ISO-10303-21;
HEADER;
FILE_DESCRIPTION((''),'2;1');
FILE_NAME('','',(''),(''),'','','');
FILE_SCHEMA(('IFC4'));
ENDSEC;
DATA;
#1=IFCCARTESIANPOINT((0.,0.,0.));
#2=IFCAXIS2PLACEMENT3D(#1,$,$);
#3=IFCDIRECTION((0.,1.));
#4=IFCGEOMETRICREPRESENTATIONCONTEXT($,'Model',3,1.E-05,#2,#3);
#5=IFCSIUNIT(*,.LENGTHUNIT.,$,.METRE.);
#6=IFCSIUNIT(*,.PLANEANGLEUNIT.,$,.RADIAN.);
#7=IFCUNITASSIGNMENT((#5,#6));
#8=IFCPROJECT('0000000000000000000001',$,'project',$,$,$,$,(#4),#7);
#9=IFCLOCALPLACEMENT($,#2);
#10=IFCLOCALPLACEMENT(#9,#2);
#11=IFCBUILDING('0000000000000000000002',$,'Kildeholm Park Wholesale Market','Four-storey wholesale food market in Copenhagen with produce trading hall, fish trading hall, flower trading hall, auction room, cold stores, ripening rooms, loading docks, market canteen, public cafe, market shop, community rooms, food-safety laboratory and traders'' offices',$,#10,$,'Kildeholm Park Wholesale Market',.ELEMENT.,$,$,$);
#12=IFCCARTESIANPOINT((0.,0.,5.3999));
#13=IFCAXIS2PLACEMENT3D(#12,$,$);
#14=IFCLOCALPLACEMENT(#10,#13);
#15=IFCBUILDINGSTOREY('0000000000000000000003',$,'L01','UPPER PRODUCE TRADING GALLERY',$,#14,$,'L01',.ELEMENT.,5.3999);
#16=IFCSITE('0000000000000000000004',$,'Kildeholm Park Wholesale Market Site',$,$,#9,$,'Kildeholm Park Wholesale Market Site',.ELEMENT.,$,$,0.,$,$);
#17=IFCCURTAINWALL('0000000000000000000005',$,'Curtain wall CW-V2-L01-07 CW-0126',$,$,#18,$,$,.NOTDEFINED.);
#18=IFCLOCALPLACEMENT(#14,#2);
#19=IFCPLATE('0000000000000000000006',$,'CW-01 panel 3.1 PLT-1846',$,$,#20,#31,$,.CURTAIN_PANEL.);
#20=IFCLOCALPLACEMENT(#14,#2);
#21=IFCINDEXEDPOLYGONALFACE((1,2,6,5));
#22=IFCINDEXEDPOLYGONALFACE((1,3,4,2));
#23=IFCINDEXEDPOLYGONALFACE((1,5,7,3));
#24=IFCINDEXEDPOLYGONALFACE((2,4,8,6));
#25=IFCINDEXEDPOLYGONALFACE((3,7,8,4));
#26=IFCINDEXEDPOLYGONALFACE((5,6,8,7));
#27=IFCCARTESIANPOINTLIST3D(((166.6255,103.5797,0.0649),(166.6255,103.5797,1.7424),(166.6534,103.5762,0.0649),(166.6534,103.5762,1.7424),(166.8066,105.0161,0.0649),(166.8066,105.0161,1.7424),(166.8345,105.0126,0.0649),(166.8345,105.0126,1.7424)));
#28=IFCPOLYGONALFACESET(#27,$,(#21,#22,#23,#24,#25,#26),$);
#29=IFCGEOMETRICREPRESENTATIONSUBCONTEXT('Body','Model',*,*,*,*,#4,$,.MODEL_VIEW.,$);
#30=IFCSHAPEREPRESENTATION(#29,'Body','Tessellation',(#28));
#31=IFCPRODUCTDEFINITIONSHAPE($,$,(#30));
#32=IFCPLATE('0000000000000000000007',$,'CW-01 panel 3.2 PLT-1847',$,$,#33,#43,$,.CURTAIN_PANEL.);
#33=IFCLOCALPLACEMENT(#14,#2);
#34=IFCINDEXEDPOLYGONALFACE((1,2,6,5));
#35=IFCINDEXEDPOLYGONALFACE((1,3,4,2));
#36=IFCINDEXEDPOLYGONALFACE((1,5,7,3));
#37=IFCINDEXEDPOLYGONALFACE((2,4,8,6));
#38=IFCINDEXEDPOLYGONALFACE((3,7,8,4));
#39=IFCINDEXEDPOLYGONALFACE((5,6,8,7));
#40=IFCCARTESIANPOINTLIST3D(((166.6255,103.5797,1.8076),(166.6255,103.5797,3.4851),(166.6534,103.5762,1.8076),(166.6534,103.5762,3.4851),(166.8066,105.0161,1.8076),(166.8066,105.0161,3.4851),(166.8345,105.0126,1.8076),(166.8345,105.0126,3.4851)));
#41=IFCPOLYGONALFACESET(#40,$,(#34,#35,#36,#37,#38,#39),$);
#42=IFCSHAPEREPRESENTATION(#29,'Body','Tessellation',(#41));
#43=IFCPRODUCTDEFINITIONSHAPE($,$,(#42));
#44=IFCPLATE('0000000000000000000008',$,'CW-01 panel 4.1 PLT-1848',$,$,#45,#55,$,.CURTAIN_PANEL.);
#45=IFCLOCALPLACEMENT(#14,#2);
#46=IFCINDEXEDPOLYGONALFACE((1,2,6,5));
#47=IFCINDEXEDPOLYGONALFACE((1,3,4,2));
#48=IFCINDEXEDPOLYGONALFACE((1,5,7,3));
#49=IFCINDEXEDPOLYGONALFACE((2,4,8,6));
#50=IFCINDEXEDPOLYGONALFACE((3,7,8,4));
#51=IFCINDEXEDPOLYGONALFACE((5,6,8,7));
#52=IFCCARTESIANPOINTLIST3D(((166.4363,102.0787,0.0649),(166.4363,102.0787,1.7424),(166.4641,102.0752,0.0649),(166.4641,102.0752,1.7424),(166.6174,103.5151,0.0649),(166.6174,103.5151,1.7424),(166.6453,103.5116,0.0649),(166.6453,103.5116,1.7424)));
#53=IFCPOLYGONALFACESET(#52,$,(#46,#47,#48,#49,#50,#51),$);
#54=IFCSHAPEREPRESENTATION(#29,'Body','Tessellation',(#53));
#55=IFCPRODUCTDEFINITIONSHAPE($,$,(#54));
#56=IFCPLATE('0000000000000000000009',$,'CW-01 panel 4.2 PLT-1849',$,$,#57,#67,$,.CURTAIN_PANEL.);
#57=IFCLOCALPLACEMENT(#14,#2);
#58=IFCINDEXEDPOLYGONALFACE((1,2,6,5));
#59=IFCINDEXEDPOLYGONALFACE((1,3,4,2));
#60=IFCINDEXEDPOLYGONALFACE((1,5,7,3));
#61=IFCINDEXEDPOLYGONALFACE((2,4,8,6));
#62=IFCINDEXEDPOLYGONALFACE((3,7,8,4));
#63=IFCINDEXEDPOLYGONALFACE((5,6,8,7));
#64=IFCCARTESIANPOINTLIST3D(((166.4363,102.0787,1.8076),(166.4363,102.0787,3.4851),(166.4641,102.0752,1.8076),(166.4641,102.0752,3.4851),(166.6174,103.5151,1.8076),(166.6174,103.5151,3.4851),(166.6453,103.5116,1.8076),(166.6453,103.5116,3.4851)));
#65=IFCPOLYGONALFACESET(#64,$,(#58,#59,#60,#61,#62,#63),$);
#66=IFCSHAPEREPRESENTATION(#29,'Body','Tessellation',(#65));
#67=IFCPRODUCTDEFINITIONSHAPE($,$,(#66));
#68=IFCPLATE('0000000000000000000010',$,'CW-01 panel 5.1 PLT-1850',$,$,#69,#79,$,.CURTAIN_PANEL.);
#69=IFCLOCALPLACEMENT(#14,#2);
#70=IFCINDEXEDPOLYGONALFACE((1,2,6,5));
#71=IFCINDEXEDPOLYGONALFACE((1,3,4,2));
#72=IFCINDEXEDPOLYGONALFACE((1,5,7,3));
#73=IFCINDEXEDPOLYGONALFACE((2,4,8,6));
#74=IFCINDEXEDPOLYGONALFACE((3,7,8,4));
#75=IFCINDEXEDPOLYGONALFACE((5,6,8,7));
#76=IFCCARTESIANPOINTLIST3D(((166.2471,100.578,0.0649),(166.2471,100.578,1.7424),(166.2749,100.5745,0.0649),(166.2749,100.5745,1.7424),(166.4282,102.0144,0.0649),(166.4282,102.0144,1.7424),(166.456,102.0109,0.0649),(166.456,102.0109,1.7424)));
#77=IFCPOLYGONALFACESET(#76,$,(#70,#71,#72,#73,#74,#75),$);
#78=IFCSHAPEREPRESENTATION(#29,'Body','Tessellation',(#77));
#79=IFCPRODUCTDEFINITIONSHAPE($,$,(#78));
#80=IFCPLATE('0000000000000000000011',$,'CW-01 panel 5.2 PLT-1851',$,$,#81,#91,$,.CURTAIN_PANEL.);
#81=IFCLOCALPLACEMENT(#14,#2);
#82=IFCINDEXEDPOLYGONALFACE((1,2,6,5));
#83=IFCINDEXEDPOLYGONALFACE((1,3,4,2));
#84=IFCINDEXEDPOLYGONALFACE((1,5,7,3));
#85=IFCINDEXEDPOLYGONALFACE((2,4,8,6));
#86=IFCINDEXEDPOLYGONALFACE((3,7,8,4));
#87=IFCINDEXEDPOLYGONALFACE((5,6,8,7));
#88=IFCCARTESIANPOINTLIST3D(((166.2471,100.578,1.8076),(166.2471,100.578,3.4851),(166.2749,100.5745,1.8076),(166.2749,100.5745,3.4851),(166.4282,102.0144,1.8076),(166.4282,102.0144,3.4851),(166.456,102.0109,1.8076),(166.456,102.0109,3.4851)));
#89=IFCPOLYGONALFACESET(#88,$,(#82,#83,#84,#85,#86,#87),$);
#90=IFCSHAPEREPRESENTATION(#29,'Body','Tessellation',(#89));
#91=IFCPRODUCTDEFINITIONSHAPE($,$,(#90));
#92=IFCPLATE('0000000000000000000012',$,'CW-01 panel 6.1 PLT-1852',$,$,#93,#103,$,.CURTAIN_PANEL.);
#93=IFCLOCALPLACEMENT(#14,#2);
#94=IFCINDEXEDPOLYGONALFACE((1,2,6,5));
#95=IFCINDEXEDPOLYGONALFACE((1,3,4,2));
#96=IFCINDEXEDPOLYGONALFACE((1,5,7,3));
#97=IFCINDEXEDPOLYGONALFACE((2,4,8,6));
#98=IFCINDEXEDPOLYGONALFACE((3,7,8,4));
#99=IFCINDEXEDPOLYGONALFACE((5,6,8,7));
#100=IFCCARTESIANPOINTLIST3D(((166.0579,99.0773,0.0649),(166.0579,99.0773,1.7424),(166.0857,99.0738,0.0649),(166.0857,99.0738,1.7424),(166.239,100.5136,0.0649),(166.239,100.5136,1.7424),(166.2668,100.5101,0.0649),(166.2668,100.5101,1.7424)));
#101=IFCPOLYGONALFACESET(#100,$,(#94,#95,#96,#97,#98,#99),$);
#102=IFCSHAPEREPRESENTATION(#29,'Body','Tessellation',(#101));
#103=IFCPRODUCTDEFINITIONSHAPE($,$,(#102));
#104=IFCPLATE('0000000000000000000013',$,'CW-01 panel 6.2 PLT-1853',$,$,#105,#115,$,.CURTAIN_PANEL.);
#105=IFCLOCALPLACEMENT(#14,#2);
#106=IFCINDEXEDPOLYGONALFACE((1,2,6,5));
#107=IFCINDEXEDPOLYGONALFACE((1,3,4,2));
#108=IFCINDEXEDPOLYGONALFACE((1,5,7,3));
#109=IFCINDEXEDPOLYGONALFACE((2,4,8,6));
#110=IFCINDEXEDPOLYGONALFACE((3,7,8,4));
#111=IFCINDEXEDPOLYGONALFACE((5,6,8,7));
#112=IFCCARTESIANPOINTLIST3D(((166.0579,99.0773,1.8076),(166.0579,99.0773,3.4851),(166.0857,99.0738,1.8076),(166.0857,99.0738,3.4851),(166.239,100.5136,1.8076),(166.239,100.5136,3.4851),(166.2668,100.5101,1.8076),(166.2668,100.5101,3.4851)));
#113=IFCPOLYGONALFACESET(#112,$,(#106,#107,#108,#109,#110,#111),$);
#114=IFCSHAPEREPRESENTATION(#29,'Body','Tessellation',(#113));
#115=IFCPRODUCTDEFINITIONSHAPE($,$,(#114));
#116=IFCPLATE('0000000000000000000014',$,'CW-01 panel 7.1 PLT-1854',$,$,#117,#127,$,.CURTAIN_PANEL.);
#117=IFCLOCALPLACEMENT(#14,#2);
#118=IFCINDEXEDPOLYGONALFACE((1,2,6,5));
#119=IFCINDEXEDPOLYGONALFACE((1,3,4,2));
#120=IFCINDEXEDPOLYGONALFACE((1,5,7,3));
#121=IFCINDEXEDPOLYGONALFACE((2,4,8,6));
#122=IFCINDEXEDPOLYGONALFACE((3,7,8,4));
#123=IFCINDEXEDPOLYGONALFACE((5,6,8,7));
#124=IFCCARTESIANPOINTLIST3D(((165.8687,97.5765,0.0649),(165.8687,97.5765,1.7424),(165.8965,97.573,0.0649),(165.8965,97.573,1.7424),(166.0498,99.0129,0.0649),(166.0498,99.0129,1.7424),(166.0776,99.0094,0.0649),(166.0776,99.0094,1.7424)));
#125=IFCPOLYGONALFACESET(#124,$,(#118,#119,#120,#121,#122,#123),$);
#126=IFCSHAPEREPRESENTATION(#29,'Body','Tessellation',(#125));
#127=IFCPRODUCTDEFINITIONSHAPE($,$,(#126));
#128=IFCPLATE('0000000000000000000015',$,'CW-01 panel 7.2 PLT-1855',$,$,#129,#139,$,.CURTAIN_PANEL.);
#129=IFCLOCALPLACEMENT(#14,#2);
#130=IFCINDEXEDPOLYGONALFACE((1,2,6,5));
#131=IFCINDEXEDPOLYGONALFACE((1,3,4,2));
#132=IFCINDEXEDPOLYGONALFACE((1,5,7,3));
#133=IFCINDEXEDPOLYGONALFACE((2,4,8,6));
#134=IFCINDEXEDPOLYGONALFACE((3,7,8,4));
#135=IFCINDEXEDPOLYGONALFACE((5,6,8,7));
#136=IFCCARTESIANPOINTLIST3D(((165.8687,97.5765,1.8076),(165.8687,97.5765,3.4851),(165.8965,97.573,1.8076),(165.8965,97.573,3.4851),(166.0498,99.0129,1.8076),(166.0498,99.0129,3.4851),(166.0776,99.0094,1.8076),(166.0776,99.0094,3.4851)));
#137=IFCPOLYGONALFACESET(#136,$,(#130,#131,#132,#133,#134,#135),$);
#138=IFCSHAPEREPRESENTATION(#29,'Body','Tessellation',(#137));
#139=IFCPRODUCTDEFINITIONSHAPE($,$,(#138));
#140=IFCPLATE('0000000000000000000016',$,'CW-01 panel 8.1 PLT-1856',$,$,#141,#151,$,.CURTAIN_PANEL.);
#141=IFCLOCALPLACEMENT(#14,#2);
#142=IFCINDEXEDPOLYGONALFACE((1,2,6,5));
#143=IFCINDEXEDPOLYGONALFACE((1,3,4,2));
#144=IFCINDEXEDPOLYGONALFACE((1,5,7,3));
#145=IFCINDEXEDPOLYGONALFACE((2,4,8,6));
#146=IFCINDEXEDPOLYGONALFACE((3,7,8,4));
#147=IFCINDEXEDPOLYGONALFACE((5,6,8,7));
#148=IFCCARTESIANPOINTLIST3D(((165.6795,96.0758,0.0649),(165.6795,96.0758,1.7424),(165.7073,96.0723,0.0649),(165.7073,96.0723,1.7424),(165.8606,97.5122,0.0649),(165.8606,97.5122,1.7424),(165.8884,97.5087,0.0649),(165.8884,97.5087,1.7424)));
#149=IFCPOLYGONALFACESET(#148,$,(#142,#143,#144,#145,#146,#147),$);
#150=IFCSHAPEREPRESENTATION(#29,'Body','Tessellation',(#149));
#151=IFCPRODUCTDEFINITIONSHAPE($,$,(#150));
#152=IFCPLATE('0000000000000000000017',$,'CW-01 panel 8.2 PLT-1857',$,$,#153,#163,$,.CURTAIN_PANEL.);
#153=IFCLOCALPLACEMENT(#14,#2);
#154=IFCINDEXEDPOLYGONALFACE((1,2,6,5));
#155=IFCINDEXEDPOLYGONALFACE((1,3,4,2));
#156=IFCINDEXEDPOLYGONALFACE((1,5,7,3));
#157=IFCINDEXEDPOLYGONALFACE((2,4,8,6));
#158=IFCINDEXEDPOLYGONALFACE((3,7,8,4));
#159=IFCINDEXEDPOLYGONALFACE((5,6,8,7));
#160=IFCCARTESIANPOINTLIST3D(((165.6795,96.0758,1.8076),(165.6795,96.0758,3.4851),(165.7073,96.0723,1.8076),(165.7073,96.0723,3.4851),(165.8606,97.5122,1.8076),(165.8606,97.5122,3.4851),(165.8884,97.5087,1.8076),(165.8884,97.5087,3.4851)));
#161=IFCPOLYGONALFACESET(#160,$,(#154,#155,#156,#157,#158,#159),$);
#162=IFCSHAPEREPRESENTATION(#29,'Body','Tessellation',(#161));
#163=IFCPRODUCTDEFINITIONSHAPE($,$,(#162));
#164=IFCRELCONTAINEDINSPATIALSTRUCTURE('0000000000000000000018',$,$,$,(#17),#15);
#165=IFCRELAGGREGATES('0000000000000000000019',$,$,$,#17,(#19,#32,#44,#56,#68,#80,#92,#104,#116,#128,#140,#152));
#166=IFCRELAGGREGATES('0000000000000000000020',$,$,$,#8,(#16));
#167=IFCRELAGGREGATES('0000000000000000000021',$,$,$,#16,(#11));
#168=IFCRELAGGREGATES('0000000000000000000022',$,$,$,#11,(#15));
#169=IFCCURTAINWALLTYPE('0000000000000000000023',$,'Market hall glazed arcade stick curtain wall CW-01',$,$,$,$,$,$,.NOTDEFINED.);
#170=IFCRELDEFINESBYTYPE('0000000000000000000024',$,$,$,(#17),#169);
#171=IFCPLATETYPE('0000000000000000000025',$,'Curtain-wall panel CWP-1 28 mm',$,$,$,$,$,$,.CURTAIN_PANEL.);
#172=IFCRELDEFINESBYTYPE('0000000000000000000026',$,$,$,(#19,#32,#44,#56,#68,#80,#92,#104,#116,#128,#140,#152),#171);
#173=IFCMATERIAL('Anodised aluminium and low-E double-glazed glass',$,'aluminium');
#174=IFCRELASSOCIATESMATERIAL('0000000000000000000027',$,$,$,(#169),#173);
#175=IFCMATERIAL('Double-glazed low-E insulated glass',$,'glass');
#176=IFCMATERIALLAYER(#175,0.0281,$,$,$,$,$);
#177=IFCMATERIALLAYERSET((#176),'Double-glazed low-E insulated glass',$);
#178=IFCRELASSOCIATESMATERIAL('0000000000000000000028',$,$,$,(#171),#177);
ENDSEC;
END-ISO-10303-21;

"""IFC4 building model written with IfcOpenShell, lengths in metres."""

from ifc_helpers import new_model, si_unit, direction, frame, origin, origin_2d, place, context, subcontext, project, spatial, rectangle, extrude, material, layer, layer_set, type_object, element, aggregate, save


model = new_model("IFC4")

# Units and contexts
model_context = context("Model", 3, precision=1e-05, world=origin(), true_north=direction((0.0, 1.0)))
body_context = subcontext(model_context, "Body", "Model", "MODEL_VIEW")
ifc_project = project(units=[si_unit("LENGTHUNIT", "METRE"), si_unit("PLANEANGLEUNIT", "RADIAN")], contexts=[model_context])

# Site, building, storey
site_placement = place(None, origin())
site = spatial("IfcSite", under=ifc_project, at=site_placement, Name="Kildeholm Park Wholesale Market Site", LongName="Kildeholm Park Wholesale Market Site", CompositionType="ELEMENT", RefElevation=0.0)
building_placement = place(site_placement, origin())
building = spatial("IfcBuilding", under=site, at=building_placement, Name="Kildeholm Park Wholesale Market", Description="Four-storey wholesale food market in Copenhagen with produce trading hall, fish trading hall, flower trading hall, auction room, cold stores, ripening rooms, loading docks, market canteen, public cafe, market shop, community rooms, food-safety laboratory and traders' offices", LongName="Kildeholm Park Wholesale Market", CompositionType="ELEMENT")
storey_placement = place(building_placement, frame((0.0, 0.0, 5.3999)))
storey = spatial("IfcBuildingStorey", under=building, at=storey_placement, Name="L01", Description="UPPER PRODUCE TRADING GALLERY", LongName="L01", CompositionType="ELEMENT", Elevation=5.3999)

# Curtain wall
ifc_material_1 = material(Name="Anodised aluminium and low-E double-glazed glass", Category="aluminium")
curtain_wall_type = type_object("IfcCurtainWallType", Name="Market hall glazed arcade stick curtain wall CW-01", PredefinedType="NOTDEFINED", material=ifc_material_1)
curtain_wall_1_placement = place(storey_placement, origin())
curtain_wall_1 = element("IfcCurtainWall", 1, at=curtain_wall_1_placement, inside=storey, type_object=curtain_wall_type, Name="Curtain wall CW-V2-L01-07 CW-0126", PredefinedType="NOTDEFINED")

# Shared definitions
ifc_material_2 = material(Name="Double-glazed low-E insulated glass", Category="glass")
ifc_layer = layer(ifc_material_2, 0.0281)
ifc_layer_set = layer_set([ifc_layer], Name="Double-glazed low-E insulated glass")
plate_type = type_object("IfcPlateType", Name="Curtain-wall panel CWP-1 28 mm", PredefinedType="CURTAIN_PANEL", material=ifc_layer_set)

# Plates
plate_1_placement = place(storey_placement, frame((166.73, 104.2961, 0.0649), z_axis=(0.0, 0.0, 1.0), x_axis=(-0.125092, -0.992145, 0.0)))
plate_1 = element("IfcPlate", 2, at=plate_1_placement, type_object=plate_type, Name="CW-01 panel 3.1 PLT-1846", PredefinedType="CURTAIN_PANEL", context=body_context, shape_type="SweptSolid", body=[
    extrude(rectangle(XDim=1.4478, YDim=0.0281, at=origin_2d()), origin(), (0.0, 0.0, 1.0), 1.6775),
])
plate_2_placement = place(storey_placement, frame((166.73, 104.2961, 1.8076), z_axis=(0.0, 0.0, 1.0), x_axis=(-0.125092, -0.992145, 0.0)))
plate_2 = element("IfcPlate", 3, at=plate_2_placement, type_object=plate_type, Name="CW-01 panel 3.2 PLT-1847", PredefinedType="CURTAIN_PANEL", context=body_context, shape_type="SweptSolid", body=[
    extrude(rectangle(XDim=1.4478, YDim=0.0281, at=origin_2d()), origin(), (0.0, 0.0, 1.0), 1.6775),
])
plate_3_placement = place(storey_placement, frame((166.5408, 102.7952, 0.0649), z_axis=(0.0, 0.0, 1.0), x_axis=(-0.125092, -0.992145, 0.0)))
plate_3 = element("IfcPlate", 4, at=plate_3_placement, type_object=plate_type, Name="CW-01 panel 4.1 PLT-1848", PredefinedType="CURTAIN_PANEL", context=body_context, shape_type="SweptSolid", body=[
    extrude(rectangle(XDim=1.4478, YDim=0.0281, at=origin_2d()), origin(), (0.0, 0.0, 1.0), 1.6775),
])
plate_4_placement = place(storey_placement, frame((166.5408, 102.7952, 1.8076), z_axis=(0.0, 0.0, 1.0), x_axis=(-0.125092, -0.992145, 0.0)))
plate_4 = element("IfcPlate", 5, at=plate_4_placement, type_object=plate_type, Name="CW-01 panel 4.2 PLT-1849", PredefinedType="CURTAIN_PANEL", context=body_context, shape_type="SweptSolid", body=[
    extrude(rectangle(XDim=1.4478, YDim=0.0281, at=origin_2d()), origin(), (0.0, 0.0, 1.0), 1.6775),
])
plate_5_placement = place(storey_placement, frame((166.3516, 101.2944, 0.0649), z_axis=(0.0, 0.0, 1.0), x_axis=(-0.125092, -0.992145, 0.0)))
plate_5 = element("IfcPlate", 6, at=plate_5_placement, type_object=plate_type, Name="CW-01 panel 5.1 PLT-1850", PredefinedType="CURTAIN_PANEL", context=body_context, shape_type="SweptSolid", body=[
    extrude(rectangle(XDim=1.4478, YDim=0.0281, at=origin_2d()), origin(), (0.0, 0.0, 1.0), 1.6775),
])
plate_6_placement = place(storey_placement, frame((166.3516, 101.2944, 1.8076), z_axis=(0.0, 0.0, 1.0), x_axis=(-0.125092, -0.992145, 0.0)))
plate_6 = element("IfcPlate", 7, at=plate_6_placement, type_object=plate_type, Name="CW-01 panel 5.2 PLT-1851", PredefinedType="CURTAIN_PANEL", context=body_context, shape_type="SweptSolid", body=[
    extrude(rectangle(XDim=1.4478, YDim=0.0281, at=origin_2d()), origin(), (0.0, 0.0, 1.0), 1.6775),
])
plate_7_placement = place(storey_placement, frame((166.1624, 99.7937, 0.0649), z_axis=(0.0, 0.0, 1.0), x_axis=(-0.125092, -0.992145, 0.0)))
plate_7 = element("IfcPlate", 8, at=plate_7_placement, type_object=plate_type, Name="CW-01 panel 6.1 PLT-1852", PredefinedType="CURTAIN_PANEL", context=body_context, shape_type="SweptSolid", body=[
    extrude(rectangle(XDim=1.4478, YDim=0.0281, at=origin_2d()), origin(), (0.0, 0.0, 1.0), 1.6775),
])
plate_8_placement = place(storey_placement, frame((166.1624, 99.7937, 1.8076), z_axis=(0.0, 0.0, 1.0), x_axis=(-0.125092, -0.992145, 0.0)))
plate_8 = element("IfcPlate", 9, at=plate_8_placement, type_object=plate_type, Name="CW-01 panel 6.2 PLT-1853", PredefinedType="CURTAIN_PANEL", context=body_context, shape_type="SweptSolid", body=[
    extrude(rectangle(XDim=1.4478, YDim=0.0281, at=origin_2d()), origin(), (0.0, 0.0, 1.0), 1.6775),
])
plate_9_placement = place(storey_placement, frame((165.9731, 98.293, 0.0649), z_axis=(0.0, 0.0, 1.0), x_axis=(-0.125092, -0.992145, 0.0)))
plate_9 = element("IfcPlate", 10, at=plate_9_placement, type_object=plate_type, Name="CW-01 panel 7.1 PLT-1854", PredefinedType="CURTAIN_PANEL", context=body_context, shape_type="SweptSolid", body=[
    extrude(rectangle(XDim=1.4478, YDim=0.0281, at=origin_2d()), origin(), (0.0, 0.0, 1.0), 1.6775),
])
plate_10_placement = place(storey_placement, frame((165.9731, 98.293, 1.8076), z_axis=(0.0, 0.0, 1.0), x_axis=(-0.125092, -0.992145, 0.0)))
plate_10 = element("IfcPlate", 11, at=plate_10_placement, type_object=plate_type, Name="CW-01 panel 7.2 PLT-1855", PredefinedType="CURTAIN_PANEL", context=body_context, shape_type="SweptSolid", body=[
    extrude(rectangle(XDim=1.4478, YDim=0.0281, at=origin_2d()), origin(), (0.0, 0.0, 1.0), 1.6775),
])
plate_11_placement = place(storey_placement, frame((165.7839, 96.7922, 0.0649), z_axis=(0.0, 0.0, 1.0), x_axis=(-0.125092, -0.992145, 0.0)))
plate_11 = element("IfcPlate", 12, at=plate_11_placement, type_object=plate_type, Name="CW-01 panel 8.1 PLT-1856", PredefinedType="CURTAIN_PANEL", context=body_context, shape_type="SweptSolid", body=[
    extrude(rectangle(XDim=1.4478, YDim=0.0281, at=origin_2d()), origin(), (0.0, 0.0, 1.0), 1.6775),
])
plate_12_placement = place(storey_placement, frame((165.7839, 96.7922, 1.8076), z_axis=(0.0, 0.0, 1.0), x_axis=(-0.125092, -0.992145, 0.0)))
plate_12 = element("IfcPlate", 13, at=plate_12_placement, type_object=plate_type, Name="CW-01 panel 8.2 PLT-1857", PredefinedType="CURTAIN_PANEL", context=body_context, shape_type="SweptSolid", body=[
    extrude(rectangle(XDim=1.4478, YDim=0.0281, at=origin_2d()), origin(), (0.0, 0.0, 1.0), 1.6775),
])
aggregate(curtain_wall_1, [plate_1, plate_2, plate_3, plate_4, plate_5, plate_6, plate_7, plate_8, plate_9, plate_10, plate_11, plate_12])

save(model, "model.ifc")
